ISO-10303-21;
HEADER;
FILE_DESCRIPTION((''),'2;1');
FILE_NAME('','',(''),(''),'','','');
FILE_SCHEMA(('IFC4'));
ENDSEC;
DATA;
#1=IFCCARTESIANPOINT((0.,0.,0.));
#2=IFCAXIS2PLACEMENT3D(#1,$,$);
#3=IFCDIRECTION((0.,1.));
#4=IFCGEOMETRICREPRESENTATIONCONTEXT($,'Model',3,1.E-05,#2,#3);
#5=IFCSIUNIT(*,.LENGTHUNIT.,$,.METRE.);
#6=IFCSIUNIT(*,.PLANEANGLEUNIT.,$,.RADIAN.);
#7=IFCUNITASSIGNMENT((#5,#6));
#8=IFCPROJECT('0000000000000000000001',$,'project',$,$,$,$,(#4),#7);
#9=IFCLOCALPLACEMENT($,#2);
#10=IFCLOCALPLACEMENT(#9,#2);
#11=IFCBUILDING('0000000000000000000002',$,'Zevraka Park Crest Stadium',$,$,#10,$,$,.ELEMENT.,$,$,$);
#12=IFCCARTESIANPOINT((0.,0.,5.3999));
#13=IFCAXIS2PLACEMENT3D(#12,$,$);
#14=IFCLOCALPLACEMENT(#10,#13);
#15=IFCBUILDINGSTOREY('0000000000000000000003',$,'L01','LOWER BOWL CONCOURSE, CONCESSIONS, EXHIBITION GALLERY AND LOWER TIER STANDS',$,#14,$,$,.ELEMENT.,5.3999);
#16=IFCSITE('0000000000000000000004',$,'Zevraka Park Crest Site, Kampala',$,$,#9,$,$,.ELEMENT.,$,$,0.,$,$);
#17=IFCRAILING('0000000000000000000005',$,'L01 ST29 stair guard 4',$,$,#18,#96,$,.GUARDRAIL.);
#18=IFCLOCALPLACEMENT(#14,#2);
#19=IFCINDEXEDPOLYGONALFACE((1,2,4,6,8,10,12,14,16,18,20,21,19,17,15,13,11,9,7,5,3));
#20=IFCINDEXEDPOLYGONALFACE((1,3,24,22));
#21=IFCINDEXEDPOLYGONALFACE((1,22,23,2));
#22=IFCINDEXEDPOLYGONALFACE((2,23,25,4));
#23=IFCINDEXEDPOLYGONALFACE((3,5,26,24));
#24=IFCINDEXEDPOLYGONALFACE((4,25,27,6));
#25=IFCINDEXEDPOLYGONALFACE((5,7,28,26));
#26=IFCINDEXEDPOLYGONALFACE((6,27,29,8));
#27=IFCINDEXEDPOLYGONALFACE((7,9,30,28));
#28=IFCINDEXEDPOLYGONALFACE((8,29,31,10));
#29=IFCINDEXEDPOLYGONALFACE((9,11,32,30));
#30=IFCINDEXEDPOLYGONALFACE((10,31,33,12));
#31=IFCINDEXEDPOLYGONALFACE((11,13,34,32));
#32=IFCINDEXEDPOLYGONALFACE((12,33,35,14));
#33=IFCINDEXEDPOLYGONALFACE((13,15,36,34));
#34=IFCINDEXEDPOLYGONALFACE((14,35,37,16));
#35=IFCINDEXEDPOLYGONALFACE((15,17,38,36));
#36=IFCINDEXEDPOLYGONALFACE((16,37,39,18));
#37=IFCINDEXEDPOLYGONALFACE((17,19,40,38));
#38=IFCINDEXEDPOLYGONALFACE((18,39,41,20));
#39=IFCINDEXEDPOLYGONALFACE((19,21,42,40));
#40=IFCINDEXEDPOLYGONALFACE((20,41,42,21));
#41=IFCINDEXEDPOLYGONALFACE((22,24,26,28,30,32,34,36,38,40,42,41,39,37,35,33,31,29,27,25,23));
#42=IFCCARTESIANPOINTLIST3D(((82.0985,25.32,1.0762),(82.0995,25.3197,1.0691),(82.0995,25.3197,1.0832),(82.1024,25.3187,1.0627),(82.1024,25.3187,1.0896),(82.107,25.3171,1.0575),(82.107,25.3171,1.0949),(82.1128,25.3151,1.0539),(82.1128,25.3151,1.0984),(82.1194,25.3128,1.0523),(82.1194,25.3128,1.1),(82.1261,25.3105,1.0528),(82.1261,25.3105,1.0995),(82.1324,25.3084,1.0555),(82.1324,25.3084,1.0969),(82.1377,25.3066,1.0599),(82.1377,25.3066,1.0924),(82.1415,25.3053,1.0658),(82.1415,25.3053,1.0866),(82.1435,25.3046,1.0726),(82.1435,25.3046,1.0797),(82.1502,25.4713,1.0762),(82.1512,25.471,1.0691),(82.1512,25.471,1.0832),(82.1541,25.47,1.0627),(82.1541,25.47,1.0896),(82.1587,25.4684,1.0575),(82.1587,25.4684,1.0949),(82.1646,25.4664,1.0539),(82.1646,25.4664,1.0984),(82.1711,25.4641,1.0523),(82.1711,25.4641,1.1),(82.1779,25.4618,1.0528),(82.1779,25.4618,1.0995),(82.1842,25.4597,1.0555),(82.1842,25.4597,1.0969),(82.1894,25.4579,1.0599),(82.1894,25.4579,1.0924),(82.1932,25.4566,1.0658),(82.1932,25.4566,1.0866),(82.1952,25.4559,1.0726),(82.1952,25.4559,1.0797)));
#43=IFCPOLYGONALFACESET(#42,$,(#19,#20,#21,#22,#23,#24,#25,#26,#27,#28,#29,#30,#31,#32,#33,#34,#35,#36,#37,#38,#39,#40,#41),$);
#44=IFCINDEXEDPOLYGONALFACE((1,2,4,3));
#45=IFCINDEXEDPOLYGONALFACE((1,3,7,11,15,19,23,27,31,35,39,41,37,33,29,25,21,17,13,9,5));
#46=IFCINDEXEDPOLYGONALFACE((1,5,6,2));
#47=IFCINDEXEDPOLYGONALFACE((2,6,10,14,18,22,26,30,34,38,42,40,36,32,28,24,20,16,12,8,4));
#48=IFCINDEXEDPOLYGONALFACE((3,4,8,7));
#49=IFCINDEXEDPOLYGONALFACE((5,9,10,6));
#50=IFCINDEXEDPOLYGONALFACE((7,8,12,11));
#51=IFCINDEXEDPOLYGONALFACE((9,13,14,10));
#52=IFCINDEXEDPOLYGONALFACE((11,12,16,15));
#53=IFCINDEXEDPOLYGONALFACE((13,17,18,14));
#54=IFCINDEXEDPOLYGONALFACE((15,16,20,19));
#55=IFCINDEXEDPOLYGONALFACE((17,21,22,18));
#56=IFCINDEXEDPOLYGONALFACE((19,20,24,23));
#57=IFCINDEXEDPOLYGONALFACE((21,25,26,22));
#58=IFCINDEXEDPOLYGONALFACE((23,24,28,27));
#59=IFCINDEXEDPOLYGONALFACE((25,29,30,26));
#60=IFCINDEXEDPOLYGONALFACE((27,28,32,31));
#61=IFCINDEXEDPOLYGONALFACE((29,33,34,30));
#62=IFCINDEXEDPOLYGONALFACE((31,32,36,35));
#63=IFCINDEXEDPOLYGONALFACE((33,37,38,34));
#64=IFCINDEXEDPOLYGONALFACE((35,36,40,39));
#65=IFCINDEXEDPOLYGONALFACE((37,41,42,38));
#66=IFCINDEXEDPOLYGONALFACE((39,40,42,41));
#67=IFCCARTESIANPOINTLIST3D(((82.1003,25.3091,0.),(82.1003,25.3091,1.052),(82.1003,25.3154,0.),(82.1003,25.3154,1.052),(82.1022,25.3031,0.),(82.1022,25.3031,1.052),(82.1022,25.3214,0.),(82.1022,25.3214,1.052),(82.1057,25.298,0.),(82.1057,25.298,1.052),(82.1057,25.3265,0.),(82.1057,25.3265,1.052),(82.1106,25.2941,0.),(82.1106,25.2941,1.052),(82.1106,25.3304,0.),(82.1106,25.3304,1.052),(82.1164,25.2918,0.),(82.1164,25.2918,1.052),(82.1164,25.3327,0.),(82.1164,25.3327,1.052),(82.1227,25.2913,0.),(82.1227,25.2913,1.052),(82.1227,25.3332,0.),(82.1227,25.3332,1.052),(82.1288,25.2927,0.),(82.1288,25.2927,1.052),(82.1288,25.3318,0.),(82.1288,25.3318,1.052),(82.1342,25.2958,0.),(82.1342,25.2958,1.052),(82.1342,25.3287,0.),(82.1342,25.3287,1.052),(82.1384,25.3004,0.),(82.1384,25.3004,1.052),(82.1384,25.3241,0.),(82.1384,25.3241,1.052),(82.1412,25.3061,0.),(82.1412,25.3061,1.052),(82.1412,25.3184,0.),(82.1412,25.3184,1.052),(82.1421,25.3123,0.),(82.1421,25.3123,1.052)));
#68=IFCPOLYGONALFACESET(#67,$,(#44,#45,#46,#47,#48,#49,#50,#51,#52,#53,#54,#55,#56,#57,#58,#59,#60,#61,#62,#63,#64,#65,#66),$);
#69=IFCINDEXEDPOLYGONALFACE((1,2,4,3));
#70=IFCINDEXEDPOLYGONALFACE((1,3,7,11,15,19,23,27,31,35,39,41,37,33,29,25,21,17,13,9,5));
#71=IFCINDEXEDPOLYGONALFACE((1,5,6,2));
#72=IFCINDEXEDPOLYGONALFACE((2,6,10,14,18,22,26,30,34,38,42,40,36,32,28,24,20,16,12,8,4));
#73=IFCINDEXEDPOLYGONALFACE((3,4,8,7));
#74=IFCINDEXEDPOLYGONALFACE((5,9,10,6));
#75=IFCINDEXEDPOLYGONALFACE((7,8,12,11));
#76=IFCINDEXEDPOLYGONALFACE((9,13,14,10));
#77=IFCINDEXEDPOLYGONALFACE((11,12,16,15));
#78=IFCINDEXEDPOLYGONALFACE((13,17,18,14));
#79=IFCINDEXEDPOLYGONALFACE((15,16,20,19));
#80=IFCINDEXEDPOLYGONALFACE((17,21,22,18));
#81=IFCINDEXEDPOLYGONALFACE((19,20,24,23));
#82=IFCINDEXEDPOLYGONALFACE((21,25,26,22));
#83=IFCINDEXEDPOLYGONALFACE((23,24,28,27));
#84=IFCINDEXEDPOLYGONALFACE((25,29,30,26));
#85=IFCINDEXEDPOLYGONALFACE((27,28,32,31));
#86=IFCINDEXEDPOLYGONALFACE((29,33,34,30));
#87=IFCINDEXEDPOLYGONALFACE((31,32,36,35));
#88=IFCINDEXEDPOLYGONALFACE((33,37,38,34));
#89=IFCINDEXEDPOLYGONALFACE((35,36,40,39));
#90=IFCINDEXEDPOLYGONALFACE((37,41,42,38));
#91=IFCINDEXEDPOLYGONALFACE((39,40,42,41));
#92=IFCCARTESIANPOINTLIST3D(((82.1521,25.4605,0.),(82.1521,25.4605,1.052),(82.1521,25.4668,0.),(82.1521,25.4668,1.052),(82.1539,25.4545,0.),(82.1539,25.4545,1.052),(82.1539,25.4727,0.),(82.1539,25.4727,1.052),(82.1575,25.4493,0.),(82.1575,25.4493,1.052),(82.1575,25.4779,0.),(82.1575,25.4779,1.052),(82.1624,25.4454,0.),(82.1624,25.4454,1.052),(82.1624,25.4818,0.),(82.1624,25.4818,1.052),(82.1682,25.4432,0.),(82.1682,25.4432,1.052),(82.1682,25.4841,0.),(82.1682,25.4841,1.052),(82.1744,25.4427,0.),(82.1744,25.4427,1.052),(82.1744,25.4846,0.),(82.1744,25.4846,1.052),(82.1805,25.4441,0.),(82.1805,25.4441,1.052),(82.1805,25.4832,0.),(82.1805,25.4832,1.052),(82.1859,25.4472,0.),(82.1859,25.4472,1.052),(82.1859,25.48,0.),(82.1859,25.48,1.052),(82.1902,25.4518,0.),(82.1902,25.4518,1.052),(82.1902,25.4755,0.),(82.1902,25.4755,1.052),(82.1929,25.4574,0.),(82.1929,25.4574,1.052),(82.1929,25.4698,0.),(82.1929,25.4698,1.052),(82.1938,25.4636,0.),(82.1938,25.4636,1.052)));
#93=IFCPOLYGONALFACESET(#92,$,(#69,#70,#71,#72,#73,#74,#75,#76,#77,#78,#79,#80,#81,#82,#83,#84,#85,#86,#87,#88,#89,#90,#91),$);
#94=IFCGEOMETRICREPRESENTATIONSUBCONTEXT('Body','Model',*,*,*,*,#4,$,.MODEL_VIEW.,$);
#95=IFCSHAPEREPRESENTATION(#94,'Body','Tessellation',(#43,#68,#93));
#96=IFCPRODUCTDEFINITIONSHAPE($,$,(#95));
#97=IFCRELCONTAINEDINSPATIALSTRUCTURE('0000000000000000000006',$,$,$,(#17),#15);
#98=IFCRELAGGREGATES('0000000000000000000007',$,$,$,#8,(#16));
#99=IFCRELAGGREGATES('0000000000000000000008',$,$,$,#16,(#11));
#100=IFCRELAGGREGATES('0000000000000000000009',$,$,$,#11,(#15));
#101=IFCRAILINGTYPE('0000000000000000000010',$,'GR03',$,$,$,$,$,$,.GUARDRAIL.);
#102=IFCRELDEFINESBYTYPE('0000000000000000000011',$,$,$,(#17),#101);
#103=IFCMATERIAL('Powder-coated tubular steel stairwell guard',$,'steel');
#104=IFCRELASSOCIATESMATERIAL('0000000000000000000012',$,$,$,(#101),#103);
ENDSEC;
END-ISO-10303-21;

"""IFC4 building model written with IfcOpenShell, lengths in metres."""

from ifc_helpers import new_model, si_unit, direction, frame, origin, origin_2d, place, context, subcontext, project, spatial, circle, extrude, material, type_object, element, save


model = new_model("IFC4")

# Units and contexts
model_context = context("Model", 3, precision=1e-05, world=origin(), true_north=direction((0.0, 1.0)))
body_context = subcontext(model_context, "Body", "Model", "MODEL_VIEW")
ifc_project = project(units=[si_unit("LENGTHUNIT", "METRE"), si_unit("PLANEANGLEUNIT", "RADIAN")], contexts=[model_context])

# Site, building, storey
site_placement = place(None, origin())
site = spatial("IfcSite", under=ifc_project, at=site_placement, Name="Zevraka Park Crest Site, Kampala", CompositionType="ELEMENT", RefElevation=0.0)
building_placement = place(site_placement, origin())
building = spatial("IfcBuilding", under=site, at=building_placement, Name="Zevraka Park Crest Stadium", CompositionType="ELEMENT")
storey_placement = place(building_placement, frame((0.0, 0.0, 5.3999)))
storey = spatial("IfcBuildingStorey", under=building, at=storey_placement, Name="L01", Description="LOWER BOWL CONCOURSE, CONCESSIONS, EXHIBITION GALLERY AND LOWER TIER STANDS", CompositionType="ELEMENT", Elevation=5.3999)

# Railing
ifc_material_1 = material(Name="Powder-coated tubular steel stairwell guard", Category="steel")
railing_type_1 = type_object("IfcRailingType", Name="GR03", PredefinedType="GUARDRAIL", material=ifc_material_1)
railing_1_placement = place(storey_placement, frame((82.1211, 25.3123, 0.0)))
element("IfcRailing", 1, at=railing_1_placement, inside=storey, type_object=railing_type_1, Name="L01 ST29 stair guard 4", PredefinedType="GUARDRAIL", context=body_context, shape_type="SweptSolid", body=[
    extrude(circle(Radius=0.0239, at=origin_2d()), frame((0.0, 0.0, 1.0762), z_axis=(0.323544, 0.946213, 0.0), x_axis=(-0.946213, 0.323544, 0.0)), (0.0, 0.0, 1.0), 0.1599),
    extrude(circle(Radius=0.021, at=origin_2d()), origin(), (0.0, 0.0, 1.0), 1.052),
    extrude(circle(Radius=0.021, at=origin_2d()), frame((0.0518, 0.1514, 0.0)), (0.0, 0.0, 1.0), 1.052),
])

save(model, "model.ifc")
